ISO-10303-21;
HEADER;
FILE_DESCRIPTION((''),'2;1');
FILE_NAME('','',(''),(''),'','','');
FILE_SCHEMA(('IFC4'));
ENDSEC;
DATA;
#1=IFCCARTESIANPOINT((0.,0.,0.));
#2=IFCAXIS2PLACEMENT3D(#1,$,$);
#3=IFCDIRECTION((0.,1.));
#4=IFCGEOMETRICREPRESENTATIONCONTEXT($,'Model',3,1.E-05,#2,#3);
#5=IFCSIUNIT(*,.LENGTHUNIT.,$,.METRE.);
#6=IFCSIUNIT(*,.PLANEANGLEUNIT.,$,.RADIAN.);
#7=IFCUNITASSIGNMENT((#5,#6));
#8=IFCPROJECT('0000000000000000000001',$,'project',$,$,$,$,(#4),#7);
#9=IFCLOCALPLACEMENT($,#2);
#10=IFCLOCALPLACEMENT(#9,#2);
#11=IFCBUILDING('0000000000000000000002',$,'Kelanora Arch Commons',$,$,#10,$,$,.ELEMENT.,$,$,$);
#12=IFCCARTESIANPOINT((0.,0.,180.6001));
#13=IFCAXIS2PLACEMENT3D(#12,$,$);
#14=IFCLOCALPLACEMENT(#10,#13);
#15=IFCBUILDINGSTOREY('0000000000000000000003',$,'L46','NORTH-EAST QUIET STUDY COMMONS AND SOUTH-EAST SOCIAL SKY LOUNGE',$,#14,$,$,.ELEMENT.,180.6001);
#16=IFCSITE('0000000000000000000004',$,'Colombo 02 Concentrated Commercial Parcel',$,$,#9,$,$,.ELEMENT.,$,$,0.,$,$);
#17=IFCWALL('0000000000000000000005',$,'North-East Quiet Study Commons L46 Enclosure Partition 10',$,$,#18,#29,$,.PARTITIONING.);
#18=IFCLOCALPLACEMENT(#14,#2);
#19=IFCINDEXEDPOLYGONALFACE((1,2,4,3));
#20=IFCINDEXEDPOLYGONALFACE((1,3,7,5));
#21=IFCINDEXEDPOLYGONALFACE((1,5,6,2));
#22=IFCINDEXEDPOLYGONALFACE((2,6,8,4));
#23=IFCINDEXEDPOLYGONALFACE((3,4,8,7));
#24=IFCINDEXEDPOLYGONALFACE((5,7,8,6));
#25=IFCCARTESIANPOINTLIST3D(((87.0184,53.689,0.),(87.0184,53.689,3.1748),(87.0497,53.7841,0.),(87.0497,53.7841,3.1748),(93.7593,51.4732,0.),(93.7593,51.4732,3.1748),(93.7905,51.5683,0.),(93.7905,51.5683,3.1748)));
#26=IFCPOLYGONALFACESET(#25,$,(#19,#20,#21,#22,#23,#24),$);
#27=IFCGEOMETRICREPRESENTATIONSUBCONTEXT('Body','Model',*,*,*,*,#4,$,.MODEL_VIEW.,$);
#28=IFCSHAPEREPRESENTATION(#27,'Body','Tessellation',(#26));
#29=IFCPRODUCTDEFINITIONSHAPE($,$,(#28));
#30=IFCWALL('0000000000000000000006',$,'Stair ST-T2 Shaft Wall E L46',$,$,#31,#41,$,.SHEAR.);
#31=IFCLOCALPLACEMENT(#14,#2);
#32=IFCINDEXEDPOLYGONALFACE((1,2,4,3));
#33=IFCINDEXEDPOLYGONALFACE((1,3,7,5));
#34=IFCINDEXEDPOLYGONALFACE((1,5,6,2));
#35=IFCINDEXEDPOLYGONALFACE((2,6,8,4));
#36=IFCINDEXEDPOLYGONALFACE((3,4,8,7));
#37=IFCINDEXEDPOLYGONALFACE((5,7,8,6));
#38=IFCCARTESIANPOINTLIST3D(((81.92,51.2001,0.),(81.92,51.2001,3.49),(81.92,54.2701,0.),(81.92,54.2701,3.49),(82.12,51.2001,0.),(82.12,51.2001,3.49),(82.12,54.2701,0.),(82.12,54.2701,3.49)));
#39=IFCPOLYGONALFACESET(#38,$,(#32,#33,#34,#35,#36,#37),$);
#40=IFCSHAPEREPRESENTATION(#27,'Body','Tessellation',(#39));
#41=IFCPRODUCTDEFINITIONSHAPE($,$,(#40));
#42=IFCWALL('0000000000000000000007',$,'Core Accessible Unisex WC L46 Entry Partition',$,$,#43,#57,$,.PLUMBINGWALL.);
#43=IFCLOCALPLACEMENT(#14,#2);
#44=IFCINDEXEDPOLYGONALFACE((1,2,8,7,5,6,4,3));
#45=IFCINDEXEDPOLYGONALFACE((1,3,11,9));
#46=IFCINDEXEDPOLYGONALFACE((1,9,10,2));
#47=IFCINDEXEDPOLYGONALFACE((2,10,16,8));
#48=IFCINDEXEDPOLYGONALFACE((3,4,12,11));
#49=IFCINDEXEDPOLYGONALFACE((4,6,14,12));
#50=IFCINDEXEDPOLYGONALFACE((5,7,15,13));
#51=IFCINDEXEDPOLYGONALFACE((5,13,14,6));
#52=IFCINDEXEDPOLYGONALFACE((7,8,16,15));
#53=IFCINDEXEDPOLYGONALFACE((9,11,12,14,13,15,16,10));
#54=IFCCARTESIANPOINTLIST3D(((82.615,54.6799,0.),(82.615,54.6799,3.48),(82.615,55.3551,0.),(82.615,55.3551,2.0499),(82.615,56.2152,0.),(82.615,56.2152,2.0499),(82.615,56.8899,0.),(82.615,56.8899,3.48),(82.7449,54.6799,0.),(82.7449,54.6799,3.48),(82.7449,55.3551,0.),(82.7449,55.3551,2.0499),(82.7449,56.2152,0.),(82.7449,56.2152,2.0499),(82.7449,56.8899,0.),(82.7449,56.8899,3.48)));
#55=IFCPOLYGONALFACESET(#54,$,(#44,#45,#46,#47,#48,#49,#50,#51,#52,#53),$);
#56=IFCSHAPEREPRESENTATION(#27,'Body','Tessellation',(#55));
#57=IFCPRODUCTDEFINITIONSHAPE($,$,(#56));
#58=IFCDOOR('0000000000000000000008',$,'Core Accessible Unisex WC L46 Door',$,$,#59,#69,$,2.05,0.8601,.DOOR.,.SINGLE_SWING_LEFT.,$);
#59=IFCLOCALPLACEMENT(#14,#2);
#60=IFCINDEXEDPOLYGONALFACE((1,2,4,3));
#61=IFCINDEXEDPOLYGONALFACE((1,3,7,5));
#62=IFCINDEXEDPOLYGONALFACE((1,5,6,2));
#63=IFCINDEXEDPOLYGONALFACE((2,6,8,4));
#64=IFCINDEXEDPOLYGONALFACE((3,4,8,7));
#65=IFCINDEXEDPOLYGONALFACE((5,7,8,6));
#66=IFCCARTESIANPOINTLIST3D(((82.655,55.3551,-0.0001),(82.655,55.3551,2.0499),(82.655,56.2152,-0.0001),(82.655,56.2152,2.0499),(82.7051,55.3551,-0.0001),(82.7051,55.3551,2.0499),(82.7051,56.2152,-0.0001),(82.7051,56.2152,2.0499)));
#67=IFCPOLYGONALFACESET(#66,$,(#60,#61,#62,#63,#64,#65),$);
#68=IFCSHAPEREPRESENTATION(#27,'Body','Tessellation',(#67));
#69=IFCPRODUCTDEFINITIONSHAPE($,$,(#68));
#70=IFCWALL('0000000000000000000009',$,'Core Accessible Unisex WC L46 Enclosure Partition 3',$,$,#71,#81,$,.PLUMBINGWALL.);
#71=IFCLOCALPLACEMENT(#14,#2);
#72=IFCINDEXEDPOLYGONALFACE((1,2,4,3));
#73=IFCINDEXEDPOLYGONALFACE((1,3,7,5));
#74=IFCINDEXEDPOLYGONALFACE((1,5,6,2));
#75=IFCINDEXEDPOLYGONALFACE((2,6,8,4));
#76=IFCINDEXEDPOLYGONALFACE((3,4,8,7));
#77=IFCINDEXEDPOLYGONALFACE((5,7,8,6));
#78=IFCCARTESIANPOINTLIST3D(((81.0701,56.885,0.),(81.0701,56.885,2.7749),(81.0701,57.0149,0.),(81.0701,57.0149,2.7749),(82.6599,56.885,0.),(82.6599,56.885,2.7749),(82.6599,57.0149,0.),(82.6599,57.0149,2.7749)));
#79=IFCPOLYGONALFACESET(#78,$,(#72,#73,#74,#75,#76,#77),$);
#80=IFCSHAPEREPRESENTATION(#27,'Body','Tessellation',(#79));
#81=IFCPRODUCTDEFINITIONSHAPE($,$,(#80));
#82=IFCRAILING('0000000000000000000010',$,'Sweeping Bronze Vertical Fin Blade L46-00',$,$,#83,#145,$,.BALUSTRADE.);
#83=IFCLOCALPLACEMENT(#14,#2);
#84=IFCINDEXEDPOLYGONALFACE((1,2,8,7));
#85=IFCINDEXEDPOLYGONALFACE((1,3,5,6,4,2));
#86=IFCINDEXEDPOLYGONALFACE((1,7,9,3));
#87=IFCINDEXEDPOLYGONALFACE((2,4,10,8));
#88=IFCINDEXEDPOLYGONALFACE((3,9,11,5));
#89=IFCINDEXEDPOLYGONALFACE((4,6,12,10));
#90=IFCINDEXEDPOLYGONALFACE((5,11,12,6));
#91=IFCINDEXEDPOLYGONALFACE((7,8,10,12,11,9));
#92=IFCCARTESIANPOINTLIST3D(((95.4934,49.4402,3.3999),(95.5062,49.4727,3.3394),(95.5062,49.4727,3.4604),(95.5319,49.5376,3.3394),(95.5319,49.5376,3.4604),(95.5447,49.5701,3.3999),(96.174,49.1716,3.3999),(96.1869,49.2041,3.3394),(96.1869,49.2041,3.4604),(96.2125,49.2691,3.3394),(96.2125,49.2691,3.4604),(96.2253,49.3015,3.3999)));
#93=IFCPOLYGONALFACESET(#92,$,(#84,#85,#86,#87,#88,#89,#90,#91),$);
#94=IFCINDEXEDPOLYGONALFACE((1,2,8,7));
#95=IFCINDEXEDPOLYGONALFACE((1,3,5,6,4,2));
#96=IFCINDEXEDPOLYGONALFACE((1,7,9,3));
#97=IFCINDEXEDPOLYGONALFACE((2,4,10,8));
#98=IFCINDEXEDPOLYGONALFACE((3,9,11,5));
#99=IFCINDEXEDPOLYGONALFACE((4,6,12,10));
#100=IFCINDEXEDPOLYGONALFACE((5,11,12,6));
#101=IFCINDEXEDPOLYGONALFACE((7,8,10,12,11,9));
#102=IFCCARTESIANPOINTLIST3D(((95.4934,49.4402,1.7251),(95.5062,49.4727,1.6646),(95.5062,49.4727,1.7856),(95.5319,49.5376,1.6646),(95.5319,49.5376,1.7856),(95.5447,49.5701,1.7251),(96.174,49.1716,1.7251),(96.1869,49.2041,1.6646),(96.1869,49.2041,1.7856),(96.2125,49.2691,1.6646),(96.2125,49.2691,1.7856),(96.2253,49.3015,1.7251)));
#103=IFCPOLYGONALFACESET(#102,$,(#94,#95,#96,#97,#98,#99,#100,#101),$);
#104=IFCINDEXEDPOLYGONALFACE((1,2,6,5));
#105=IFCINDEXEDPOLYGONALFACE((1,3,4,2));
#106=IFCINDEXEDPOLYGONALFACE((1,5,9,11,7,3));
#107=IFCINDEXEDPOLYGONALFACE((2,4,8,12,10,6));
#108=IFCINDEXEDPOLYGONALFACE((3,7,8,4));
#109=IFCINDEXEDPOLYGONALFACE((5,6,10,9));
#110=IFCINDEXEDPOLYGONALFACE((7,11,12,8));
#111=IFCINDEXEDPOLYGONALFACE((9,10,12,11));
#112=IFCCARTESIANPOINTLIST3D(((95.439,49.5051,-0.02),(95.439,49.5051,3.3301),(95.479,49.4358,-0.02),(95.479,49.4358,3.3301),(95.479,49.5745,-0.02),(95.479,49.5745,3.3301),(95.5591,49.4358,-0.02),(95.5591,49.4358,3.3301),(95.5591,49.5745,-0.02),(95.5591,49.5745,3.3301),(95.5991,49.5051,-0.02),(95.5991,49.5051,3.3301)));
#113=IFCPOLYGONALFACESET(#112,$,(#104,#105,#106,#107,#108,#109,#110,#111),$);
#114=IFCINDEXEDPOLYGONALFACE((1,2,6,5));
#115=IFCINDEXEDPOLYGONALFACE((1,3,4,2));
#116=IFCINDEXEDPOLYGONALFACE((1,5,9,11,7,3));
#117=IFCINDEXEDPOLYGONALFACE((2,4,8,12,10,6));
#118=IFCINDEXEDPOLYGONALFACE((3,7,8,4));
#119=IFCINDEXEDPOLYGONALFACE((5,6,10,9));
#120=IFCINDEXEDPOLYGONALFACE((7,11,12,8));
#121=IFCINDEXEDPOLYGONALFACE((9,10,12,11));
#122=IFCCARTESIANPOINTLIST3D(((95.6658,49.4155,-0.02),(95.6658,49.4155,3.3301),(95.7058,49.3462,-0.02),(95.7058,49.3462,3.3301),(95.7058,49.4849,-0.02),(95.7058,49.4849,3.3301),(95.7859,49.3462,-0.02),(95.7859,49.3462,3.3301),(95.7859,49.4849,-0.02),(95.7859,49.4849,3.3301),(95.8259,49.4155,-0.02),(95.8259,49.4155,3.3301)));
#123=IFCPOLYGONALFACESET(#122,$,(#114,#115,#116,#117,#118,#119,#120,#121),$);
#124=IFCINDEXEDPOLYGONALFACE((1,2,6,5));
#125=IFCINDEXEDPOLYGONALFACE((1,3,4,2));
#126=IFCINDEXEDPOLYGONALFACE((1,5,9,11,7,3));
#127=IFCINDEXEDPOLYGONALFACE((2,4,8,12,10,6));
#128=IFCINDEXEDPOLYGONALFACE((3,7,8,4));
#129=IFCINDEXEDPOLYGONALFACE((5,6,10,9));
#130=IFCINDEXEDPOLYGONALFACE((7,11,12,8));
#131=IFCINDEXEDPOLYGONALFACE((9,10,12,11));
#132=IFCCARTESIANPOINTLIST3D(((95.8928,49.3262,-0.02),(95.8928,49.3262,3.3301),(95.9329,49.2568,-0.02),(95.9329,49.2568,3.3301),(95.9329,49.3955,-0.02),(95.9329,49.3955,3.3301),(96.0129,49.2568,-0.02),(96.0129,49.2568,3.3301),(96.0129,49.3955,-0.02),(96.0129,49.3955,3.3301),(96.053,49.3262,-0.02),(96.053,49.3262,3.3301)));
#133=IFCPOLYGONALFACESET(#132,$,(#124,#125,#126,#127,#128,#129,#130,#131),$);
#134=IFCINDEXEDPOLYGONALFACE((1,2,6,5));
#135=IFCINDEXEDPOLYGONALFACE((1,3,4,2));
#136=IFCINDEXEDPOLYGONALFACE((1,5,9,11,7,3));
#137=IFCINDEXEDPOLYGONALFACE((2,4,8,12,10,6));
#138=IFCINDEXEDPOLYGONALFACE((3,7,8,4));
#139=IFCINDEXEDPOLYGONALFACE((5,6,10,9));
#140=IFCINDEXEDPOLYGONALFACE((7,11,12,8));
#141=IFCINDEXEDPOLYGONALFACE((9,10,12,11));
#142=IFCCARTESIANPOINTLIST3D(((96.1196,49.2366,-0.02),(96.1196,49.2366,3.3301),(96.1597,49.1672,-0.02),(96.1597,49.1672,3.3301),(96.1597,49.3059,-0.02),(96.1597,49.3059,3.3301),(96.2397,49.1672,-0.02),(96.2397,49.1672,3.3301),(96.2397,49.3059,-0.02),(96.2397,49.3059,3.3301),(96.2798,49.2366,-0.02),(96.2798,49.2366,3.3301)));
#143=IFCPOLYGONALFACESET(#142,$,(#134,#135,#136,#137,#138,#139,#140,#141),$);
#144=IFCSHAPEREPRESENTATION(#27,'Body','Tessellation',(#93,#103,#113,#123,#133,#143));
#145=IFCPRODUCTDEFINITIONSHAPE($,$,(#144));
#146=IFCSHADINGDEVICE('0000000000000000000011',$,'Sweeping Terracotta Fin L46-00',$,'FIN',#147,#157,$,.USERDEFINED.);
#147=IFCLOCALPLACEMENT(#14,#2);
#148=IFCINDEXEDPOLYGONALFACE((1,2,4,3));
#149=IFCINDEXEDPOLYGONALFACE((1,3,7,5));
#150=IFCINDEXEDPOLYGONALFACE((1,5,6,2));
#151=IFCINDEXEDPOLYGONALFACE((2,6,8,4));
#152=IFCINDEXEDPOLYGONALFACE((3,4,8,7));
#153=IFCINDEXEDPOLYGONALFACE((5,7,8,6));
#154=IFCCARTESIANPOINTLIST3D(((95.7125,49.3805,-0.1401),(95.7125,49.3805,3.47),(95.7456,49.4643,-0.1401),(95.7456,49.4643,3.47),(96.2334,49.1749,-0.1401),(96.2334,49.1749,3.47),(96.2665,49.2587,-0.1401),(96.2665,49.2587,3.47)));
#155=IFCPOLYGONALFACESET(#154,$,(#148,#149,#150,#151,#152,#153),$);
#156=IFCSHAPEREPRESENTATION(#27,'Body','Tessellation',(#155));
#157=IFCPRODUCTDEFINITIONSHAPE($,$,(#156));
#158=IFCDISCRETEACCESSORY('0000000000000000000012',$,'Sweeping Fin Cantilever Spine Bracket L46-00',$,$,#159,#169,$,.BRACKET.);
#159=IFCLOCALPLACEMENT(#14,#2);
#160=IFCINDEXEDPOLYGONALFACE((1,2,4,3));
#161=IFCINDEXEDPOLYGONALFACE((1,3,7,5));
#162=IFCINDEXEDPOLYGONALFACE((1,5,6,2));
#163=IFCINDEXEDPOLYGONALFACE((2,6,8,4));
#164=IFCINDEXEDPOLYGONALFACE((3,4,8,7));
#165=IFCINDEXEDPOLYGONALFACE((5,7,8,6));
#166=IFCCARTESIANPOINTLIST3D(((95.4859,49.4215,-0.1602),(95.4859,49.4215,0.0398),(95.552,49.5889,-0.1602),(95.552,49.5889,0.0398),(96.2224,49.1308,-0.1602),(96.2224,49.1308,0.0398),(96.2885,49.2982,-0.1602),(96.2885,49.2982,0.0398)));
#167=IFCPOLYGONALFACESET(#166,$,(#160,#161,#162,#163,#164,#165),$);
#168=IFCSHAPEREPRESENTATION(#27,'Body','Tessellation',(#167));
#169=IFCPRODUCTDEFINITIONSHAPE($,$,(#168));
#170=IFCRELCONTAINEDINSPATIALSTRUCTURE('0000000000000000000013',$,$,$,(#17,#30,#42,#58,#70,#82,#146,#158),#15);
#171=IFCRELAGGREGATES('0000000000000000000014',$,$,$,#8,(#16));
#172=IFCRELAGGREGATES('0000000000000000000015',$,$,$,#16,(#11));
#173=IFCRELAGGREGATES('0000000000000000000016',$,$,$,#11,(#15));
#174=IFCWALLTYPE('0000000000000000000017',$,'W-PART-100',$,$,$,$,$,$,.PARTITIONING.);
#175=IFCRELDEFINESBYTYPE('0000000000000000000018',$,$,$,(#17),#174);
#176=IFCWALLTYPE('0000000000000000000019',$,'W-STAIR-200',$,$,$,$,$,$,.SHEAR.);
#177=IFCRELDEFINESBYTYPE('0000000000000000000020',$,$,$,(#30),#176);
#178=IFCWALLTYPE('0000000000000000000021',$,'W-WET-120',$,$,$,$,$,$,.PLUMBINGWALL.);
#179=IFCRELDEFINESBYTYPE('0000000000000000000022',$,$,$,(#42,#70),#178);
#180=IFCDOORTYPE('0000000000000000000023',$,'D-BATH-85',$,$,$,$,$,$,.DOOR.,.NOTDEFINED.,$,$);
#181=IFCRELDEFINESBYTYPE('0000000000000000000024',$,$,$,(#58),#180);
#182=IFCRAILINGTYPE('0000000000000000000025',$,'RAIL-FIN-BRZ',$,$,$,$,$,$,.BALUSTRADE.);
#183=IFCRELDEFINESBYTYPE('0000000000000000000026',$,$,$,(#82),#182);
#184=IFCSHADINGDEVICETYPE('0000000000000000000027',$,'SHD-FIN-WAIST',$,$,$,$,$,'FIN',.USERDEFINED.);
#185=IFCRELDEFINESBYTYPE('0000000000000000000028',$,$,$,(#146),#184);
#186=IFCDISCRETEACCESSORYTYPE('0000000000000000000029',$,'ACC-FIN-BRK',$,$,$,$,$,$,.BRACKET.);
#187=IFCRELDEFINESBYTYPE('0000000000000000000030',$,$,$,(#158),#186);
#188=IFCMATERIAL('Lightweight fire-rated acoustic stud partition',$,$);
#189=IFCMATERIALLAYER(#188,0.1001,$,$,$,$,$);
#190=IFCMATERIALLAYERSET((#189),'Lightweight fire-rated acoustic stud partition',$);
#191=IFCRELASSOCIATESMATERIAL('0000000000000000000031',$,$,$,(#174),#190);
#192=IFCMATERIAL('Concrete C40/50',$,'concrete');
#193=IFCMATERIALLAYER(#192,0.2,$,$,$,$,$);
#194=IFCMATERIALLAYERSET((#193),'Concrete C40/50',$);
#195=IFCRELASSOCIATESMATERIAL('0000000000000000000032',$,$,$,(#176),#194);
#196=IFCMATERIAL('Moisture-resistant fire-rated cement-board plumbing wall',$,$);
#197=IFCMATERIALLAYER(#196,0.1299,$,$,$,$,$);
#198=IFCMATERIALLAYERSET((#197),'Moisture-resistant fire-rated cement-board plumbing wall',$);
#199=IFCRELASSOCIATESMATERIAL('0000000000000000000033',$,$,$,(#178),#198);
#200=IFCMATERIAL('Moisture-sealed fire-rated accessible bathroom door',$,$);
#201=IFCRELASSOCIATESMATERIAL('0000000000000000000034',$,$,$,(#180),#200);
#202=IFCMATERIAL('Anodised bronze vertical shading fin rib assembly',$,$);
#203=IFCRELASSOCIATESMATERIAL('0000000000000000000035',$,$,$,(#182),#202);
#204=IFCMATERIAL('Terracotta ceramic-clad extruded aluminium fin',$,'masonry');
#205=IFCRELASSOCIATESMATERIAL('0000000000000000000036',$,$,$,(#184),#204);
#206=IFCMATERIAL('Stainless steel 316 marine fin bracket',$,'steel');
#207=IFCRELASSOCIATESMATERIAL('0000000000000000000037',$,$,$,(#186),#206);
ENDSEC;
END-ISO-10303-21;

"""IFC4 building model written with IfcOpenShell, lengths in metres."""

from ifc_helpers import new_model, si_unit, direction, frame, frame_2d, origin, origin_2d, place, context, subcontext, project, spatial, polyline, rectangle, outline, extrude, source, transform, mapped, material, layer, layer_set, type_object, element, fill, save


model = new_model("IFC4")

# Units and contexts
model_context = context("Model", 3, precision=1e-05, world=origin(), true_north=direction((0.0, 1.0)))
body_context = subcontext(model_context, "Body", "Model", "MODEL_VIEW")
ifc_project = project(units=[si_unit("LENGTHUNIT", "METRE"), si_unit("PLANEANGLEUNIT", "RADIAN")], contexts=[model_context])

# Site, building, storey
site_placement = place(None, origin())
site = spatial("IfcSite", under=ifc_project, at=site_placement, Name="Colombo 02 Concentrated Commercial Parcel", CompositionType="ELEMENT", RefElevation=0.0)
building_placement = place(site_placement, origin())
building = spatial("IfcBuilding", under=site, at=building_placement, Name="Kelanora Arch Commons", CompositionType="ELEMENT")
storey_placement = place(building_placement, frame((0.0, 0.0, 180.6001)))
storey = spatial("IfcBuildingStorey", under=building, at=storey_placement, Name="L46", Description="NORTH-EAST QUIET STUDY COMMONS AND SOUTH-EAST SOCIAL SKY LOUNGE", CompositionType="ELEMENT", Elevation=180.6001)

# Walls
ifc_material_1 = material(Name="Lightweight fire-rated acoustic stud partition")
ifc_layer_1 = layer(ifc_material_1, 0.1001)
ifc_layer_set_1 = layer_set([ifc_layer_1], Name="Lightweight fire-rated acoustic stud partition")
wall_type_1 = type_object("IfcWallType", Name="W-PART-100", PredefinedType="PARTITIONING", material=ifc_layer_set_1)
wall_1_placement = place(storey_placement, frame((93.7749, 51.5208, 0.0), z_axis=(0.0, 0.0, 1.0), x_axis=(-0.949993, 0.312272, 0.0)))
element("IfcWall", 1, at=wall_1_placement, inside=storey, type_object=wall_type_1, Name="North-East Quiet Study Commons L46 Enclosure Partition 10", PredefinedType="PARTITIONING", context=body_context, shape_type="SweptSolid", body=[
    extrude(rectangle(XDim=7.0957, YDim=0.1001, at=frame_2d((3.5479, 0.0))), origin(), (0.0, 0.0, 1.0), 3.1748),
])
ifc_material_2 = material(Name="Concrete C40/50", Category="concrete")
ifc_layer_2 = layer(ifc_material_2, 0.2)
ifc_layer_set_2 = layer_set([ifc_layer_2], Name="Concrete C40/50")
wall_type_2 = type_object("IfcWallType", Name="W-STAIR-200", PredefinedType="SHEAR", material=ifc_layer_set_2)
wall_2_placement = place(storey_placement, frame((82.02, 51.2, 0.0), z_axis=(0.0, 0.0, 1.0), x_axis=(0.0, 1.0, 0.0)))
element("IfcWall", 2, at=wall_2_placement, inside=storey, type_object=wall_type_2, Name="Stair ST-T2 Shaft Wall E L46", PredefinedType="SHEAR", context=body_context, shape_type="SweptSolid", body=[
    extrude(rectangle(XDim=3.0701, YDim=0.2, at=frame_2d((1.5352, 0.0))), origin(), (0.0, 0.0, 1.0), 3.49),
])

# Wall, opening, door
ifc_material_3 = material(Name="Moisture-resistant fire-rated cement-board plumbing wall")
ifc_layer_3 = layer(ifc_material_3, 0.1299)
ifc_layer_set_3 = layer_set([ifc_layer_3], Name="Moisture-resistant fire-rated cement-board plumbing wall")
wall_type_3 = type_object("IfcWallType", Name="W-WET-120", PredefinedType="PLUMBINGWALL", material=ifc_layer_set_3)
wall_3_placement = place(storey_placement, frame((82.6799, 54.6799, 0.0), z_axis=(0.0, 0.0, 1.0), x_axis=(0.0, 1.0, 0.0)))
wall_3 = element("IfcWall", 3, at=wall_3_placement, inside=storey, type_object=wall_type_3, Name="Core Accessible Unisex WC L46 Entry Partition", PredefinedType="PLUMBINGWALL", context=body_context, shape_type="SweptSolid", body=[
    extrude(rectangle(XDim=2.21, YDim=0.1299, at=frame_2d((1.105, 0.0))), origin(), (0.0, 0.0, 1.0), 3.48),
])
opening_1_placement = place(wall_3_placement, frame((0.675, 0.0, 0.0)))
opening_1 = element("IfcOpeningElement", 4, at=opening_1_placement, cuts=wall_3, PredefinedType="OPENING", context=body_context, shape_type="SweptSolid", body=[
    extrude(rectangle(XDim=0.8601, YDim=2.05, at=frame_2d((0.4302, 1.0249))), frame((0.0, 0.075, 0.0), z_axis=(0.0, -1.0, 0.0), x_axis=(1.0, 0.0, 0.0)), (0.0, 0.0, 1.0), 0.1499),
])
ifc_material_4 = material(Name="Moisture-sealed fire-rated accessible bathroom door")
door_type = type_object("IfcDoorType", Name="D-BATH-85", OperationType="NOTDEFINED", PredefinedType="DOOR", material=ifc_material_4)
door_placement = place(opening_1_placement, origin())
door = element("IfcDoor", 5, at=door_placement, inside=storey, type_object=door_type, Name="Core Accessible Unisex WC L46 Door", OperationType="SINGLE_SWING_LEFT", OverallHeight=2.05, OverallWidth=0.8601, PredefinedType="DOOR", context=body_context, shape_type="SweptSolid", body=[
    extrude(rectangle(XDim=0.8601, YDim=2.05, at=frame_2d((0.4302, 1.0249))), frame((0.0, 0.0249, 0.0), z_axis=(0.0, -1.0, 0.0), x_axis=(1.0, 0.0, 0.0)), (0.0, 0.0, 1.0), 0.05),
])
fill(opening_1, door)

# Wall
wall_4_placement = place(storey_placement, frame((82.6599, 56.95, 0.0), z_axis=(0.0, 0.0, 1.0), x_axis=(-1.0, 0.0, 0.0)))
element("IfcWall", 6, at=wall_4_placement, inside=storey, type_object=wall_type_3, Name="Core Accessible Unisex WC L46 Enclosure Partition 3", PredefinedType="PLUMBINGWALL", context=body_context, shape_type="SweptSolid", body=[
    extrude(rectangle(XDim=1.5898, YDim=0.1299, at=frame_2d((0.7949, 0.0))), origin(), (0.0, 0.0, 1.0), 2.7749),
])

# Railing
ifc_material_5 = material(Name="Anodised bronze vertical shading fin rib assembly")
railing_type = type_object("IfcRailingType", Name="RAIL-FIN-BRZ", PredefinedType="BALUSTRADE", material=ifc_material_5)
railing_placement = place(storey_placement, frame((95.519, 49.5051, -0.02)))
element("IfcRailing", 7, at=railing_placement, inside=storey, type_object=railing_type, Name="Sweeping Bronze Vertical Fin Blade L46-00", PredefinedType="BALUSTRADE", context=body_context, shape_type="SweptSolid", body=[
    extrude(outline(polyline([(0.0698, 0.0), (0.0349, 0.0605), (-0.0349, 0.0605), (-0.0698, 0.0), (-0.0349, -0.0605), (0.0349, -0.0605), (0.0698, 0.0)])), frame((0.0, 0.0, 3.4199), z_axis=(0.930215, -0.367015, 0.0), x_axis=(0.367015, 0.930215, 0.0)), (0.0, 0.0, 1.0), 0.7317),
    extrude(outline(polyline([(0.0698, 0.0), (0.0349, 0.0605), (-0.0349, 0.0605), (-0.0698, 0.0), (-0.0349, -0.0605), (0.0349, -0.0605), (0.0698, 0.0)])), frame((0.0, 0.0, 1.7451), z_axis=(0.930215, -0.367015, 0.0), x_axis=(0.367015, 0.930215, 0.0)), (0.0, 0.0, 1.0), 0.7317),
    extrude(outline(polyline([(0.0801, 0.0), (0.04, 0.0693), (-0.04, 0.0693), (-0.0801, 0.0), (-0.04, -0.0693), (0.04, -0.0693), (0.0801, 0.0)])), origin(), (0.0, 0.0, 1.0), 3.3501),
    extrude(outline(polyline([(0.0801, 0.0), (0.04, 0.0693), (-0.04, 0.0693), (-0.0801, 0.0), (-0.04, -0.0693), (0.04, -0.0693), (0.0801, 0.0)])), frame((0.2268, -0.0896, 0.0)), (0.0, 0.0, 1.0), 3.3501),
    extrude(outline(polyline([(0.0801, 0.0), (0.04, 0.0693), (-0.04, 0.0693), (-0.0801, 0.0), (-0.04, -0.0693), (0.04, -0.0693), (0.0801, 0.0)])), frame((0.4539, -0.179, 0.0)), (0.0, 0.0, 1.0), 3.3501),
    extrude(outline(polyline([(0.0801, 0.0), (0.04, 0.0693), (-0.04, 0.0693), (-0.0801, 0.0), (-0.04, -0.0693), (0.04, -0.0693), (0.0801, 0.0)])), frame((0.6807, -0.2686, 0.0)), (0.0, 0.0, 1.0), 3.3501),
])

# Shading device
ifc_material_6 = material(Name="Terracotta ceramic-clad extruded aluminium fin", Category="masonry")
shading_device_type = type_object("IfcShadingDeviceType", Name="SHD-FIN-WAIST", ElementType="FIN", PredefinedType="USERDEFINED", material=ifc_material_6)
shared_shape_1 = source(origin(), body_context, "Body", "SweptSolid", [
    extrude(rectangle(XDim=0.5601, YDim=0.0901, at=origin_2d()), origin(), (0.0, 0.0, 1.0), 3.6101),
])
shading_device_placement = place(storey_placement, frame((95.9895, 49.3196, -0.1401), z_axis=(0.0, 0.0, 1.0), x_axis=(0.930161, -0.367151, 0.0)))
element("IfcShadingDevice", 8, at=shading_device_placement, inside=storey, type_object=shading_device_type, Name="Sweeping Terracotta Fin L46-00", ObjectType="FIN", PredefinedType="USERDEFINED", context=body_context, shape_type="MappedRepresentation", body=[
    mapped(shared_shape_1, transform((0.0, 0.0, 0.0), scale=1.0)),
])

# Discrete accessory
ifc_material_7 = material(Name="Stainless steel 316 marine fin bracket", Category="steel")
discrete_accessory_type = type_object("IfcDiscreteAccessoryType", Name="ACC-FIN-BRK", PredefinedType="BRACKET", material=ifc_material_7)
shared_shape_2 = source(origin(), body_context, "Body", "SweptSolid", [
    extrude(rectangle(XDim=0.7917, YDim=0.1799, at=origin_2d()), origin(), (0.0, 0.0, 1.0), 0.2),
])
discrete_accessory_placement = place(storey_placement, frame((95.8872, 49.3599, -0.1602), z_axis=(0.0, 0.0, 1.0), x_axis=(0.930161, -0.367151, 0.0)))
element("IfcDiscreteAccessory", 9, at=discrete_accessory_placement, inside=storey, type_object=discrete_accessory_type, Name="Sweeping Fin Cantilever Spine Bracket L46-00", PredefinedType="BRACKET", context=body_context, shape_type="MappedRepresentation", body=[
    mapped(shared_shape_2, transform((0.0, 0.0, 0.0), scale=1.0)),
])

save(model, "model.ifc")
